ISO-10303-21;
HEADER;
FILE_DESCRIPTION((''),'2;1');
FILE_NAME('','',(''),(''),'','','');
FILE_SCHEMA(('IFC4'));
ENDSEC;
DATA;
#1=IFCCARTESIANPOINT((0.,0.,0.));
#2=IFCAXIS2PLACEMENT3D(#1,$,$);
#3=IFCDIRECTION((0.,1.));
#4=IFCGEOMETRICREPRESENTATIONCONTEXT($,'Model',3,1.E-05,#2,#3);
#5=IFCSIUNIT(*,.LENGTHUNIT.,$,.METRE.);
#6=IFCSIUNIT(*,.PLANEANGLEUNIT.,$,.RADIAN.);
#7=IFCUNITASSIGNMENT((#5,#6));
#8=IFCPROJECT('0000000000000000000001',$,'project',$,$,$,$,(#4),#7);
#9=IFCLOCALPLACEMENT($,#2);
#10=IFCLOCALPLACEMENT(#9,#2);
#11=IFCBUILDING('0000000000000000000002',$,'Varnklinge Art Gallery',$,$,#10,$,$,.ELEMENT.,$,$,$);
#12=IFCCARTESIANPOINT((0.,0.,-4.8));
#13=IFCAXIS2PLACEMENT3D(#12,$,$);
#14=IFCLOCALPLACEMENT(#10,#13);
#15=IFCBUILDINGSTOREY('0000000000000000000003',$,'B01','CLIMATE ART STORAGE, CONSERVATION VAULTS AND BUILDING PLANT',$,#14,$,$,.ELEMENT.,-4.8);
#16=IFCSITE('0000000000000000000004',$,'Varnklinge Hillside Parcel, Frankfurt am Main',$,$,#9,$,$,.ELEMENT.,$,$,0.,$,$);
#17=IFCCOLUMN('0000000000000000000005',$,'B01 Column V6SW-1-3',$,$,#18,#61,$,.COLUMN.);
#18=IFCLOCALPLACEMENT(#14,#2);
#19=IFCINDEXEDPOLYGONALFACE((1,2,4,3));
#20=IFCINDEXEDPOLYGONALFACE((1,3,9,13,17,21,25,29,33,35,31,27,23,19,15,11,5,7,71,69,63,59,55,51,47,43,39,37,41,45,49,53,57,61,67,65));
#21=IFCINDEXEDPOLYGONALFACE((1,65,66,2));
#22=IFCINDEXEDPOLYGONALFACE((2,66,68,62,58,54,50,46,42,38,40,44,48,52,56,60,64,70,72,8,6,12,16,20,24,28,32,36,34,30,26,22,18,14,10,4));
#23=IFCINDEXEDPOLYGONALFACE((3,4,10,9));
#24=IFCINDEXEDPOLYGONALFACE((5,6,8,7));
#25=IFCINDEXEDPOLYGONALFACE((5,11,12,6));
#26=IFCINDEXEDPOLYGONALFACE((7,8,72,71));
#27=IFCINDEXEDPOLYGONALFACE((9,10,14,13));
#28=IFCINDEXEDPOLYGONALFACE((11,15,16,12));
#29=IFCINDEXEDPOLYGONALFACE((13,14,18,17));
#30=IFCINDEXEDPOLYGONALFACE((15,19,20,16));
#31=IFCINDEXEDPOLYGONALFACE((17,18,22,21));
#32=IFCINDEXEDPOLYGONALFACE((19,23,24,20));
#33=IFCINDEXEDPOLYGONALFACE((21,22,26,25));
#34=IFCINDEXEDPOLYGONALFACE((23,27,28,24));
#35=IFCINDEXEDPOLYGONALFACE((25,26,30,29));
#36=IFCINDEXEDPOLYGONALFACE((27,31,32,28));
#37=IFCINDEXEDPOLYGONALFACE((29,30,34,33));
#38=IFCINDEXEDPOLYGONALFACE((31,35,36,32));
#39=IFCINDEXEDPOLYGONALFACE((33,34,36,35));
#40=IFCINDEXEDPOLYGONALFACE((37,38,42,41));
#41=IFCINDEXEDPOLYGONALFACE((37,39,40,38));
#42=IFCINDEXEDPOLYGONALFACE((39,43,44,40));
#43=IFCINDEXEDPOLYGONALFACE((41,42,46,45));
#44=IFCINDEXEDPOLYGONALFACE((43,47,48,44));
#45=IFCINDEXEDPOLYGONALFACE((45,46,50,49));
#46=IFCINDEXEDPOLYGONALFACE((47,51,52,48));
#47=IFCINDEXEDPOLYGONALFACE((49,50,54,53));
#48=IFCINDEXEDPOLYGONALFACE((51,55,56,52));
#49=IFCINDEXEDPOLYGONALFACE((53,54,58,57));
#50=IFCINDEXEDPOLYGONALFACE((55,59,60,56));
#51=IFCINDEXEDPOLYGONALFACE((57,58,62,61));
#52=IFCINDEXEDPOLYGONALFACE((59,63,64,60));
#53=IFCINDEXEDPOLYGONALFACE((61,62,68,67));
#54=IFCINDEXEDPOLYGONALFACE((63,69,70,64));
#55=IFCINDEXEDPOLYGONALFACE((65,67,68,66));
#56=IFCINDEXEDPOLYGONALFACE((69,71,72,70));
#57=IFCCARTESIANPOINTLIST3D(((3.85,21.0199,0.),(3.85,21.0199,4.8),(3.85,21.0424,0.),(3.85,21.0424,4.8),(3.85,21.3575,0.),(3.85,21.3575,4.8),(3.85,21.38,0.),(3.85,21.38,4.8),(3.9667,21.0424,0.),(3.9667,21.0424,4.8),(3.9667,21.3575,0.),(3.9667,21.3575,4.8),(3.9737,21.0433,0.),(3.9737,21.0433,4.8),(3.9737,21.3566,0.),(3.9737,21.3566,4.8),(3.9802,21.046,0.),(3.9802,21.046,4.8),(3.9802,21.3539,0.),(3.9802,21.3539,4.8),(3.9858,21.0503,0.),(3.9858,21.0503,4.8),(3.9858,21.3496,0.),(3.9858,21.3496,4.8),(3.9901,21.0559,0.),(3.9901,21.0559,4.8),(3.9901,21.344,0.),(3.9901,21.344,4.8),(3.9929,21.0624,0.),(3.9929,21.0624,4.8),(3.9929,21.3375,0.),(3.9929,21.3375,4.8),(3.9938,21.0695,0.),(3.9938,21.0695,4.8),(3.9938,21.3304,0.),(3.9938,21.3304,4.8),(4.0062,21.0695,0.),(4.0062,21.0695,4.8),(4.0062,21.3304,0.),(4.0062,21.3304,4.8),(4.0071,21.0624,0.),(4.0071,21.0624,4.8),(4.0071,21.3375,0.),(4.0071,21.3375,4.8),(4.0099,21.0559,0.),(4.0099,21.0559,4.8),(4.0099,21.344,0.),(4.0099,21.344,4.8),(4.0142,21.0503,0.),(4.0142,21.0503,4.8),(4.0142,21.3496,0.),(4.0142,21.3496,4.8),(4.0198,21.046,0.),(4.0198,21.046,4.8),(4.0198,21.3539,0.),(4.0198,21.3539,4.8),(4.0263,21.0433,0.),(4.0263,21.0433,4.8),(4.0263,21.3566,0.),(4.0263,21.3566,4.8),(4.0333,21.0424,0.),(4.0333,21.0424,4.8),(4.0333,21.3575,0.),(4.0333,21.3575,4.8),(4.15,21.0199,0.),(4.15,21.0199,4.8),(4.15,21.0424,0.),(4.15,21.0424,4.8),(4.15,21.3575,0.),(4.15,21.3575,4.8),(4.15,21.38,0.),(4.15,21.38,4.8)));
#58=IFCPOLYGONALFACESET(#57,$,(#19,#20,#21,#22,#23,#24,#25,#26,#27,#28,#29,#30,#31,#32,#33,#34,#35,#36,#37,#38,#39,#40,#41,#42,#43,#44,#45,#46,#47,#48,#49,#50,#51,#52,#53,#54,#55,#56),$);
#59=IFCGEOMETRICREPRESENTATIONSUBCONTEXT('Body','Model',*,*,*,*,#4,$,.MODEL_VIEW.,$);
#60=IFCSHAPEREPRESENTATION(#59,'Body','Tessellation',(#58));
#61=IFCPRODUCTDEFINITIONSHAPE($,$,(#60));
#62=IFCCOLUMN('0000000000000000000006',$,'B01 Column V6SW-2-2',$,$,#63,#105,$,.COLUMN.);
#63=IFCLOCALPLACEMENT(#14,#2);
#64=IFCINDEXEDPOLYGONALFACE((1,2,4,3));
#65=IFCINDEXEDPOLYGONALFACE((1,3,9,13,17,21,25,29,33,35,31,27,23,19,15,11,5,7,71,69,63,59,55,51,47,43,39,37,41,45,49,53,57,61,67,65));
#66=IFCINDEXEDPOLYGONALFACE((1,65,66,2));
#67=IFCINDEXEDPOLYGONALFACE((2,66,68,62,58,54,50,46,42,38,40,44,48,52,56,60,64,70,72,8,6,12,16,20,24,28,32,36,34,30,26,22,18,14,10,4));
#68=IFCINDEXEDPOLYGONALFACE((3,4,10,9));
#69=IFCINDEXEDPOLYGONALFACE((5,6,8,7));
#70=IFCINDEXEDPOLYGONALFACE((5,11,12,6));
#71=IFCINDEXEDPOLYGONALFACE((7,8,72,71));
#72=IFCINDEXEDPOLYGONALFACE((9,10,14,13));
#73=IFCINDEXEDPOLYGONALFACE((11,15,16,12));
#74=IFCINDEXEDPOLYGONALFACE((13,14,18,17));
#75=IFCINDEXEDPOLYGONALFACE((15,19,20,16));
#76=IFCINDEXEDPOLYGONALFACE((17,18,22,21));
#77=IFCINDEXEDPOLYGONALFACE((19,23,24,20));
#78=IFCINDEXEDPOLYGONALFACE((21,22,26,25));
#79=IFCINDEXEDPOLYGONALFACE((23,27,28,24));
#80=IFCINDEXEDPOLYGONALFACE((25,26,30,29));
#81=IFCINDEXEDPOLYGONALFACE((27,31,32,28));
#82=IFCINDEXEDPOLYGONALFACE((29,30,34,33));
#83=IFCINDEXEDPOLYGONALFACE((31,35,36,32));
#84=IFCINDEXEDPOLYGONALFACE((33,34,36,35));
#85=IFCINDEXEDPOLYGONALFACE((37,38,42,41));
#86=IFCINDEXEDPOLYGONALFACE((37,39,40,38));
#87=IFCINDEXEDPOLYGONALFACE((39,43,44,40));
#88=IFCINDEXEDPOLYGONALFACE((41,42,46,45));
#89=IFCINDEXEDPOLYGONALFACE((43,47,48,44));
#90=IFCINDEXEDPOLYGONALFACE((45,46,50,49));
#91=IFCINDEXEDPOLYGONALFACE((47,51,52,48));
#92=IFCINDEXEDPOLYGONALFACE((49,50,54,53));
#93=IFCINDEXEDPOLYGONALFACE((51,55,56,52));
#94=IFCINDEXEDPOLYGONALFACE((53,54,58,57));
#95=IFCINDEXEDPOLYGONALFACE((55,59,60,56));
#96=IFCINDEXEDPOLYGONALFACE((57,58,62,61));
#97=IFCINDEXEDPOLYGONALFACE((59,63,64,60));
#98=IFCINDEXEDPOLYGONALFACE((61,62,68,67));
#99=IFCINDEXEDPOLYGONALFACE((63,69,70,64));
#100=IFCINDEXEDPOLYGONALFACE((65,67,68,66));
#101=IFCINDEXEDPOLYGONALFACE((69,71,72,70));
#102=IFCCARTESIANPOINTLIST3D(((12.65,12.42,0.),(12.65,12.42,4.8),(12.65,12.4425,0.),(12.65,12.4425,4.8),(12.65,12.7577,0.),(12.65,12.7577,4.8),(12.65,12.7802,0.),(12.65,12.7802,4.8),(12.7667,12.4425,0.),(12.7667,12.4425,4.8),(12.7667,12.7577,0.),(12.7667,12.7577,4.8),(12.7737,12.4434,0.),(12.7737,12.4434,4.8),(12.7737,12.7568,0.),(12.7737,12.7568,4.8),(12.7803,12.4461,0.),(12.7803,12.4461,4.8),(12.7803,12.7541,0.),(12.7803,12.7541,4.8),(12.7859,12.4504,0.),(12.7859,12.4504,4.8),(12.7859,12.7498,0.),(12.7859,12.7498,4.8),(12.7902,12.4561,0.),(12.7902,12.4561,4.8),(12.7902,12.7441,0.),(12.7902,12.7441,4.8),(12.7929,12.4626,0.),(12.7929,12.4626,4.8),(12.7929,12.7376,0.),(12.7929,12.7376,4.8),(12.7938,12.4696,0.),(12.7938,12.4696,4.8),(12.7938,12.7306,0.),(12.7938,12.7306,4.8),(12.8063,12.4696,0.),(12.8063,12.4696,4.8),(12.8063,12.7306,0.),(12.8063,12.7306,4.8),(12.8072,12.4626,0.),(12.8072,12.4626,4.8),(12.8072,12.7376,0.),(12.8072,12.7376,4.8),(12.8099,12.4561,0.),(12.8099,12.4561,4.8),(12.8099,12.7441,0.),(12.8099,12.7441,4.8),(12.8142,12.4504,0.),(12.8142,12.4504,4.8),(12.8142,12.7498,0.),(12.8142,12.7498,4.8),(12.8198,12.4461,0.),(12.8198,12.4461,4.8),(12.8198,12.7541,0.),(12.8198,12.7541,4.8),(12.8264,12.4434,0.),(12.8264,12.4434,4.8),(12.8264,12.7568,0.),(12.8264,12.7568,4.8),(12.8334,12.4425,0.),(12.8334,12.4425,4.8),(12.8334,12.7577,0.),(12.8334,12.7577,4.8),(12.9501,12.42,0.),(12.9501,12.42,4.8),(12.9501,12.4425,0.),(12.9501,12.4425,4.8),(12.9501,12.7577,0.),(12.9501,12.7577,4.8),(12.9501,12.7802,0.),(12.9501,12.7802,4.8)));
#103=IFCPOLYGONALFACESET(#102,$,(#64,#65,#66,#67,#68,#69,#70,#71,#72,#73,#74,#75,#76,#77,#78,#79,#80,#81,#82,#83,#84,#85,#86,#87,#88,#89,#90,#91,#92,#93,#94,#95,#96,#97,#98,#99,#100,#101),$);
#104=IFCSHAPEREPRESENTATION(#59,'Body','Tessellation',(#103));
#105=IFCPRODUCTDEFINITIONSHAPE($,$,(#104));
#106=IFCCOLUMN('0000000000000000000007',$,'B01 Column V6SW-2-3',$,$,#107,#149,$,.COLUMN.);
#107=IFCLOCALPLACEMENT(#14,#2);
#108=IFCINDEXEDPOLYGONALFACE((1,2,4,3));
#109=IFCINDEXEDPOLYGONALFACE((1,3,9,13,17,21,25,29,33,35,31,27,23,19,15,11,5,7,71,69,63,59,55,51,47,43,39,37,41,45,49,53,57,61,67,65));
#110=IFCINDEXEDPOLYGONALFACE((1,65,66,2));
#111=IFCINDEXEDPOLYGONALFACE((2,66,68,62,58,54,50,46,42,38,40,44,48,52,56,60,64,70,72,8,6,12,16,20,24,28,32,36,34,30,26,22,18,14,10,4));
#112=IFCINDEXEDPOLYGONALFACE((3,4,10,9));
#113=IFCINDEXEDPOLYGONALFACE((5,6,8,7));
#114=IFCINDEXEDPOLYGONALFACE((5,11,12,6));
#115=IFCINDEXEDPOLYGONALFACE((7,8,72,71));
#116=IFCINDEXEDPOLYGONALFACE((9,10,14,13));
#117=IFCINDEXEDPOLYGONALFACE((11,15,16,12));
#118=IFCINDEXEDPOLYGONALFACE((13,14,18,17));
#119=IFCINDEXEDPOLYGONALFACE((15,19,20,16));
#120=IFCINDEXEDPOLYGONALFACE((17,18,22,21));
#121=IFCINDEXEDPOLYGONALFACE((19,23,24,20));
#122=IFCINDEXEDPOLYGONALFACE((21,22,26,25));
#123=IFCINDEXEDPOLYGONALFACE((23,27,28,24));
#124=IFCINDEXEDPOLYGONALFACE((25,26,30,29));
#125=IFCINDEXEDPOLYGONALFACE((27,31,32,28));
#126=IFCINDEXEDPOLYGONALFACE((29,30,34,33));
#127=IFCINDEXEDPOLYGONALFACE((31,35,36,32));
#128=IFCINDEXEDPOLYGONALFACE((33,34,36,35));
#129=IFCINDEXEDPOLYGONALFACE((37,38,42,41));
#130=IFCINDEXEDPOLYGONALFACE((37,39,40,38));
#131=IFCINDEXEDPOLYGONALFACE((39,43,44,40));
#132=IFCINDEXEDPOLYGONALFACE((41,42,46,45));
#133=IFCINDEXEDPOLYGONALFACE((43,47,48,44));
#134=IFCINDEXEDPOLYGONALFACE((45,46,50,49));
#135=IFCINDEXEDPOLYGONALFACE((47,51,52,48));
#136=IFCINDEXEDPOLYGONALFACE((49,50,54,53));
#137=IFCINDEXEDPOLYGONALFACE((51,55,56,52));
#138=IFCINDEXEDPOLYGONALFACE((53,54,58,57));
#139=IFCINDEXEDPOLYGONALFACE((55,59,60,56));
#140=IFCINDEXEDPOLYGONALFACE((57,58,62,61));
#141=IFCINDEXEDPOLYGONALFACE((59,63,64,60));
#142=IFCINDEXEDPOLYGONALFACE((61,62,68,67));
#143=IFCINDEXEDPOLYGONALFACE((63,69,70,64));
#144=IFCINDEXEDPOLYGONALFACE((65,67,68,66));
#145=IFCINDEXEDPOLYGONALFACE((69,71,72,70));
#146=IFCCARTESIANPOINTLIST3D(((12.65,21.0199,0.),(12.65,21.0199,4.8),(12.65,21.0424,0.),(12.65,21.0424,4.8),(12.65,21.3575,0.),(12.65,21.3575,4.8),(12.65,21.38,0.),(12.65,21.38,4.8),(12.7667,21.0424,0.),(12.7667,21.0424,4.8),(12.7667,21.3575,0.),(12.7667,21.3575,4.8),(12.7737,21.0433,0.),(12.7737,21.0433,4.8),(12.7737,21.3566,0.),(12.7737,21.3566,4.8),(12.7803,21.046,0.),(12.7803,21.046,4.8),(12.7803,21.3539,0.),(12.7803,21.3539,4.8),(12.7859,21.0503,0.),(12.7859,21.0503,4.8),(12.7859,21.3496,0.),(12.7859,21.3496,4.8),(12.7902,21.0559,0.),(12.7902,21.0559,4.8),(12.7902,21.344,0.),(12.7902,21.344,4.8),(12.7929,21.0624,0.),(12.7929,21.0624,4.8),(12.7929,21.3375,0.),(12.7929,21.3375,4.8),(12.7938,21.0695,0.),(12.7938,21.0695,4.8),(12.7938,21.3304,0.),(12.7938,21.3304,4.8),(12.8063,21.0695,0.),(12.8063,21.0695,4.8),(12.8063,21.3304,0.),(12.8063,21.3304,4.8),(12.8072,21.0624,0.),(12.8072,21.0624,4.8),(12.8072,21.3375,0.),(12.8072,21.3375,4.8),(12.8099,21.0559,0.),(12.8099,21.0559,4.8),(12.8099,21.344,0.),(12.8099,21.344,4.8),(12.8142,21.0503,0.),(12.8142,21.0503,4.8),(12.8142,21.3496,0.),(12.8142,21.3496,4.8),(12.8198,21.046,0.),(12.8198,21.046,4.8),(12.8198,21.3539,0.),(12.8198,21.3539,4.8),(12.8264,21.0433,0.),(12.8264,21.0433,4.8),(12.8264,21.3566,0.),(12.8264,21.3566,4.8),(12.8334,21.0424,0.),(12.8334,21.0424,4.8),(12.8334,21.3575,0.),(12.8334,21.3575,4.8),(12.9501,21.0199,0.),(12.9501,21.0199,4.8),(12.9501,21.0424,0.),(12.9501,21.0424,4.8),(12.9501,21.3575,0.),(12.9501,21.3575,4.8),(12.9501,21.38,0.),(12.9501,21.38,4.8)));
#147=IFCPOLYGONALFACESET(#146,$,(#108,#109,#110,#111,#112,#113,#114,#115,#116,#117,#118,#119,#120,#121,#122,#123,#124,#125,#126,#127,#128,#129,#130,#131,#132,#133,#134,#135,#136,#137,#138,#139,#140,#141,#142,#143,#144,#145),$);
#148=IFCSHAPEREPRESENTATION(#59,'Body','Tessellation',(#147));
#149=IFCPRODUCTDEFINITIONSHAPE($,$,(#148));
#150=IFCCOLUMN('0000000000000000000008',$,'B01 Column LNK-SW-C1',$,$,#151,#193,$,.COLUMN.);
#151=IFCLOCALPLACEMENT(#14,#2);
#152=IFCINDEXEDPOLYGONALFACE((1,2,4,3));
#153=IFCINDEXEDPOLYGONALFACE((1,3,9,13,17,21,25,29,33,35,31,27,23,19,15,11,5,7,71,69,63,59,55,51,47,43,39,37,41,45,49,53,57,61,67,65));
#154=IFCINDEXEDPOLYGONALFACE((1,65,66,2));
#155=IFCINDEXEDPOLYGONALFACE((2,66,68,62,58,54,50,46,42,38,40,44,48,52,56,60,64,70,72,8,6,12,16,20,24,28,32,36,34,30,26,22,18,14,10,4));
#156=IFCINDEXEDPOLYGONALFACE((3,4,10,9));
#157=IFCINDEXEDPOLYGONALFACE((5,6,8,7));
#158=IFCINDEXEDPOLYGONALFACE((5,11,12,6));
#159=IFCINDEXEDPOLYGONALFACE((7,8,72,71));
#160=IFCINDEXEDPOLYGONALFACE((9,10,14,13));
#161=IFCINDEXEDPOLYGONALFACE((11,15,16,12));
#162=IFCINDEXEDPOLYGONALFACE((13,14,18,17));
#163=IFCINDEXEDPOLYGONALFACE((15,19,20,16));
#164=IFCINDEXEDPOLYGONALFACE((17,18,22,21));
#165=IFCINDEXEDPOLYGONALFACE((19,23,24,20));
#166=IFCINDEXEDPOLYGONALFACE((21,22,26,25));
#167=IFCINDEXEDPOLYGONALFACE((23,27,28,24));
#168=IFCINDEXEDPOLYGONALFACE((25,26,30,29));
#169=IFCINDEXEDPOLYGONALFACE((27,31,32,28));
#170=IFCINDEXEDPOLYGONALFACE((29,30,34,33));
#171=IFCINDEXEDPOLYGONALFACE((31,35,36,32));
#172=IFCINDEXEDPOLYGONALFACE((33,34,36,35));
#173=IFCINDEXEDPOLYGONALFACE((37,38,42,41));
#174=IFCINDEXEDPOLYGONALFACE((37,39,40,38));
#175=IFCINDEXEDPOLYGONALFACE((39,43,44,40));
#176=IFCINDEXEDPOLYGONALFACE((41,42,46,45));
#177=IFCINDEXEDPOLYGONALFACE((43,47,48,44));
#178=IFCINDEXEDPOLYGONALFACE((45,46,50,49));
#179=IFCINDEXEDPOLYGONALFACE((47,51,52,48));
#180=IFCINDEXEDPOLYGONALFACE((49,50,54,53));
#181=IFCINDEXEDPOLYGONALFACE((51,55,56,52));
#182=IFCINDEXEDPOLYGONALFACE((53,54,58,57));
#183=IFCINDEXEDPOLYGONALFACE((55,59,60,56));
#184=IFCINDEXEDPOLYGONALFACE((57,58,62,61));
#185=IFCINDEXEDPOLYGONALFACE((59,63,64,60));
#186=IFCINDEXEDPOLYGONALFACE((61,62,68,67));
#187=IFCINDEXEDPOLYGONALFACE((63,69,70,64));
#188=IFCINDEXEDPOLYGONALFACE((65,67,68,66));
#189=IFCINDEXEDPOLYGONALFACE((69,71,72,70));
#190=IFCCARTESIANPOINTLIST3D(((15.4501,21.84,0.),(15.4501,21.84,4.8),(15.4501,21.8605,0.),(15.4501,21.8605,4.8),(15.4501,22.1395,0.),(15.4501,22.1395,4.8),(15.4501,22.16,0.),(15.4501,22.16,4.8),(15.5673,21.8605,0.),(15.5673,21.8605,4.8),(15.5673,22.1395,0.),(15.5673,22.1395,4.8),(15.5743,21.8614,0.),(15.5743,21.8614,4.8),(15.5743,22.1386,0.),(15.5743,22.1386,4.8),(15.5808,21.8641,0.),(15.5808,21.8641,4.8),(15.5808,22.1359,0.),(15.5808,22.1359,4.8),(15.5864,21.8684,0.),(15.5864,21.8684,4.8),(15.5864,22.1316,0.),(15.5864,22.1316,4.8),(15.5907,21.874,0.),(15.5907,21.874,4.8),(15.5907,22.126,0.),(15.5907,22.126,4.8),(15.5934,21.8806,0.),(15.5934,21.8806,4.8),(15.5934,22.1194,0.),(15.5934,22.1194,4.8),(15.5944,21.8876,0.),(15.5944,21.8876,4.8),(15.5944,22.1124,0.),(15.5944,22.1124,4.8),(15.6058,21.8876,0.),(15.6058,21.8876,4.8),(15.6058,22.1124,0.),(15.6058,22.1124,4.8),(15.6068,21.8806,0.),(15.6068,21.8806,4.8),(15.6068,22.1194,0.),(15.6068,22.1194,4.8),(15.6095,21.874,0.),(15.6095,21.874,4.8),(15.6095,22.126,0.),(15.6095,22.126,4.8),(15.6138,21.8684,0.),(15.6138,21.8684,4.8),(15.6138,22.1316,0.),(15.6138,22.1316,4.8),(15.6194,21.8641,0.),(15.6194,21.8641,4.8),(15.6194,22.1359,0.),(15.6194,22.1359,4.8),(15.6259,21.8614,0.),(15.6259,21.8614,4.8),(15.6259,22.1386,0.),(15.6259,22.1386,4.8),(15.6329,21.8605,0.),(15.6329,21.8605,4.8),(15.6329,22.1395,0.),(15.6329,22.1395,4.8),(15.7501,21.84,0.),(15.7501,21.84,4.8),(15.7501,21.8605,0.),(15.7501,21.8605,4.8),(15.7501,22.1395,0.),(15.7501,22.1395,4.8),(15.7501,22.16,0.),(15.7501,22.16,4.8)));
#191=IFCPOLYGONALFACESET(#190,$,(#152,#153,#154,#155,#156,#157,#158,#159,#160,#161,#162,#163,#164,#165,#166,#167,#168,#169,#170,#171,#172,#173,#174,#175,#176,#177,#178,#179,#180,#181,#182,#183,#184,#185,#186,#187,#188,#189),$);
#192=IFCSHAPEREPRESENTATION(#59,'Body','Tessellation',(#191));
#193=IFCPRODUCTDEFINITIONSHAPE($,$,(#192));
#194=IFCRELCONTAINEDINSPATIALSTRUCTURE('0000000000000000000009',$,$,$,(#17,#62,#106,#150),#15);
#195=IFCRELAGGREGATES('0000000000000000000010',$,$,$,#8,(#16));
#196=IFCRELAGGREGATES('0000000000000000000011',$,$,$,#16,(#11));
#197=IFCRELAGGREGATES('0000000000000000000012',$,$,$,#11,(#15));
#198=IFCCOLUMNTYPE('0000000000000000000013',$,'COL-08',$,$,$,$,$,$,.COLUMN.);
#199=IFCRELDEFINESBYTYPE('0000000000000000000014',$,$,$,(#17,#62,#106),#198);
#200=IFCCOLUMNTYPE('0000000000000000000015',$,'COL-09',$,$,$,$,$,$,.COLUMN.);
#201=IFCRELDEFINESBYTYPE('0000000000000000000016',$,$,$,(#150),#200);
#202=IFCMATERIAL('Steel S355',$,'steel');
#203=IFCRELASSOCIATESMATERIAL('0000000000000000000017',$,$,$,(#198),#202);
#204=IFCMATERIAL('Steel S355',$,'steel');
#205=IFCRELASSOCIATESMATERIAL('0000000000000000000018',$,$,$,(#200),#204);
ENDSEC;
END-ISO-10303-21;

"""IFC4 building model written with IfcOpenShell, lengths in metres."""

from ifc_helpers import new_model, si_unit, direction, frame, origin, origin_2d, place, context, subcontext, project, spatial, i_section, extrude, material, material_profile, profile_set, type_object, element, save


model = new_model("IFC4")

# Units and contexts
model_context = context("Model", 3, precision=1e-05, world=origin(), true_north=direction((0.0, 1.0)))
body_context = subcontext(model_context, "Body", "Model", "MODEL_VIEW")
ifc_project = project(units=[si_unit("LENGTHUNIT", "METRE"), si_unit("PLANEANGLEUNIT", "RADIAN")], contexts=[model_context])

# Site, building, storey
site_placement = place(None, origin())
site = spatial("IfcSite", under=ifc_project, at=site_placement, Name="Varnklinge Hillside Parcel, Frankfurt am Main", CompositionType="ELEMENT", RefElevation=0.0)
building_placement = place(site_placement, origin())
building = spatial("IfcBuilding", under=site, at=building_placement, Name="Varnklinge Art Gallery", CompositionType="ELEMENT")
storey_placement = place(building_placement, frame((0.0, 0.0, -4.8)))
storey = spatial("IfcBuildingStorey", under=building, at=storey_placement, Name="B01", Description="CLIMATE ART STORAGE, CONSERVATION VAULTS AND BUILDING PLANT", CompositionType="ELEMENT", Elevation=-4.8)

# Columns
ifc_material_1 = material(Name="Steel S355", Category="steel")
ifc_material_profile_1 = material_profile(ifc_material_1, i_section(OverallWidth=0.3, OverallDepth=0.3601, WebThickness=0.0125, FlangeThickness=0.0225, FilletRadius=0.0271, at=origin_2d()), Name="HEB 360")
ifc_profile_set_1 = profile_set([ifc_material_profile_1], Name="Steel S355")
column_type_1 = type_object("IfcColumnType", Name="COL-08", PredefinedType="COLUMN", material=ifc_profile_set_1)
for number, where, z_axis, x_axis, name in (
    (1, (4.0, 21.2, 0.0), (0.0, 0.0, 1.0), (1.0, 0.0, 0.0), "B01 Column V6SW-1-3"),
    (2, (12.8, 12.6001, 0.0), (0.0, 0.0, 1.0), (1.0, 0.0, 0.0), "B01 Column V6SW-2-2"),
    (3, (12.8, 21.2, 0.0), (0.0, 0.0, 1.0), (1.0, 0.0, 0.0), "B01 Column V6SW-2-3"),
):
    element("IfcColumn", number, at=place(storey_placement, frame(where, z_axis=z_axis, x_axis=x_axis)), inside=storey, type_object=column_type_1, Name=name, PredefinedType="COLUMN", context=body_context, shape_type="SweptSolid", body=[
        extrude(i_section(OverallWidth=0.3, OverallDepth=0.3601, WebThickness=0.0125, FlangeThickness=0.0225, FilletRadius=0.0271, at=origin_2d()), origin(), (0.0, 0.0, 1.0), 4.8),
    ])
ifc_material_2 = material(Name="Steel S355", Category="steel")
ifc_material_profile_2 = material_profile(ifc_material_2, i_section(OverallWidth=0.3, OverallDepth=0.3201, WebThickness=0.0115, FlangeThickness=0.0205, FilletRadius=0.0271, at=origin_2d()), Name="HEB 320")
ifc_profile_set_2 = profile_set([ifc_material_profile_2], Name="Steel S355")
column_type_2 = type_object("IfcColumnType", Name="COL-09", PredefinedType="COLUMN", material=ifc_profile_set_2)
column_1_placement = place(storey_placement, frame((15.6001, 22.0, 0.0), z_axis=(0.0, 0.0, 1.0), x_axis=(1.0, 0.0, 0.0)))
element("IfcColumn", 4, at=column_1_placement, inside=storey, type_object=column_type_2, Name="B01 Column LNK-SW-C1", PredefinedType="COLUMN", context=body_context, shape_type="SweptSolid", body=[
    extrude(i_section(OverallWidth=0.3, OverallDepth=0.3201, WebThickness=0.0115, FlangeThickness=0.0205, FilletRadius=0.0271, at=origin_2d()), origin(), (0.0, 0.0, 1.0), 4.8),
])

save(model, "model.ifc")
